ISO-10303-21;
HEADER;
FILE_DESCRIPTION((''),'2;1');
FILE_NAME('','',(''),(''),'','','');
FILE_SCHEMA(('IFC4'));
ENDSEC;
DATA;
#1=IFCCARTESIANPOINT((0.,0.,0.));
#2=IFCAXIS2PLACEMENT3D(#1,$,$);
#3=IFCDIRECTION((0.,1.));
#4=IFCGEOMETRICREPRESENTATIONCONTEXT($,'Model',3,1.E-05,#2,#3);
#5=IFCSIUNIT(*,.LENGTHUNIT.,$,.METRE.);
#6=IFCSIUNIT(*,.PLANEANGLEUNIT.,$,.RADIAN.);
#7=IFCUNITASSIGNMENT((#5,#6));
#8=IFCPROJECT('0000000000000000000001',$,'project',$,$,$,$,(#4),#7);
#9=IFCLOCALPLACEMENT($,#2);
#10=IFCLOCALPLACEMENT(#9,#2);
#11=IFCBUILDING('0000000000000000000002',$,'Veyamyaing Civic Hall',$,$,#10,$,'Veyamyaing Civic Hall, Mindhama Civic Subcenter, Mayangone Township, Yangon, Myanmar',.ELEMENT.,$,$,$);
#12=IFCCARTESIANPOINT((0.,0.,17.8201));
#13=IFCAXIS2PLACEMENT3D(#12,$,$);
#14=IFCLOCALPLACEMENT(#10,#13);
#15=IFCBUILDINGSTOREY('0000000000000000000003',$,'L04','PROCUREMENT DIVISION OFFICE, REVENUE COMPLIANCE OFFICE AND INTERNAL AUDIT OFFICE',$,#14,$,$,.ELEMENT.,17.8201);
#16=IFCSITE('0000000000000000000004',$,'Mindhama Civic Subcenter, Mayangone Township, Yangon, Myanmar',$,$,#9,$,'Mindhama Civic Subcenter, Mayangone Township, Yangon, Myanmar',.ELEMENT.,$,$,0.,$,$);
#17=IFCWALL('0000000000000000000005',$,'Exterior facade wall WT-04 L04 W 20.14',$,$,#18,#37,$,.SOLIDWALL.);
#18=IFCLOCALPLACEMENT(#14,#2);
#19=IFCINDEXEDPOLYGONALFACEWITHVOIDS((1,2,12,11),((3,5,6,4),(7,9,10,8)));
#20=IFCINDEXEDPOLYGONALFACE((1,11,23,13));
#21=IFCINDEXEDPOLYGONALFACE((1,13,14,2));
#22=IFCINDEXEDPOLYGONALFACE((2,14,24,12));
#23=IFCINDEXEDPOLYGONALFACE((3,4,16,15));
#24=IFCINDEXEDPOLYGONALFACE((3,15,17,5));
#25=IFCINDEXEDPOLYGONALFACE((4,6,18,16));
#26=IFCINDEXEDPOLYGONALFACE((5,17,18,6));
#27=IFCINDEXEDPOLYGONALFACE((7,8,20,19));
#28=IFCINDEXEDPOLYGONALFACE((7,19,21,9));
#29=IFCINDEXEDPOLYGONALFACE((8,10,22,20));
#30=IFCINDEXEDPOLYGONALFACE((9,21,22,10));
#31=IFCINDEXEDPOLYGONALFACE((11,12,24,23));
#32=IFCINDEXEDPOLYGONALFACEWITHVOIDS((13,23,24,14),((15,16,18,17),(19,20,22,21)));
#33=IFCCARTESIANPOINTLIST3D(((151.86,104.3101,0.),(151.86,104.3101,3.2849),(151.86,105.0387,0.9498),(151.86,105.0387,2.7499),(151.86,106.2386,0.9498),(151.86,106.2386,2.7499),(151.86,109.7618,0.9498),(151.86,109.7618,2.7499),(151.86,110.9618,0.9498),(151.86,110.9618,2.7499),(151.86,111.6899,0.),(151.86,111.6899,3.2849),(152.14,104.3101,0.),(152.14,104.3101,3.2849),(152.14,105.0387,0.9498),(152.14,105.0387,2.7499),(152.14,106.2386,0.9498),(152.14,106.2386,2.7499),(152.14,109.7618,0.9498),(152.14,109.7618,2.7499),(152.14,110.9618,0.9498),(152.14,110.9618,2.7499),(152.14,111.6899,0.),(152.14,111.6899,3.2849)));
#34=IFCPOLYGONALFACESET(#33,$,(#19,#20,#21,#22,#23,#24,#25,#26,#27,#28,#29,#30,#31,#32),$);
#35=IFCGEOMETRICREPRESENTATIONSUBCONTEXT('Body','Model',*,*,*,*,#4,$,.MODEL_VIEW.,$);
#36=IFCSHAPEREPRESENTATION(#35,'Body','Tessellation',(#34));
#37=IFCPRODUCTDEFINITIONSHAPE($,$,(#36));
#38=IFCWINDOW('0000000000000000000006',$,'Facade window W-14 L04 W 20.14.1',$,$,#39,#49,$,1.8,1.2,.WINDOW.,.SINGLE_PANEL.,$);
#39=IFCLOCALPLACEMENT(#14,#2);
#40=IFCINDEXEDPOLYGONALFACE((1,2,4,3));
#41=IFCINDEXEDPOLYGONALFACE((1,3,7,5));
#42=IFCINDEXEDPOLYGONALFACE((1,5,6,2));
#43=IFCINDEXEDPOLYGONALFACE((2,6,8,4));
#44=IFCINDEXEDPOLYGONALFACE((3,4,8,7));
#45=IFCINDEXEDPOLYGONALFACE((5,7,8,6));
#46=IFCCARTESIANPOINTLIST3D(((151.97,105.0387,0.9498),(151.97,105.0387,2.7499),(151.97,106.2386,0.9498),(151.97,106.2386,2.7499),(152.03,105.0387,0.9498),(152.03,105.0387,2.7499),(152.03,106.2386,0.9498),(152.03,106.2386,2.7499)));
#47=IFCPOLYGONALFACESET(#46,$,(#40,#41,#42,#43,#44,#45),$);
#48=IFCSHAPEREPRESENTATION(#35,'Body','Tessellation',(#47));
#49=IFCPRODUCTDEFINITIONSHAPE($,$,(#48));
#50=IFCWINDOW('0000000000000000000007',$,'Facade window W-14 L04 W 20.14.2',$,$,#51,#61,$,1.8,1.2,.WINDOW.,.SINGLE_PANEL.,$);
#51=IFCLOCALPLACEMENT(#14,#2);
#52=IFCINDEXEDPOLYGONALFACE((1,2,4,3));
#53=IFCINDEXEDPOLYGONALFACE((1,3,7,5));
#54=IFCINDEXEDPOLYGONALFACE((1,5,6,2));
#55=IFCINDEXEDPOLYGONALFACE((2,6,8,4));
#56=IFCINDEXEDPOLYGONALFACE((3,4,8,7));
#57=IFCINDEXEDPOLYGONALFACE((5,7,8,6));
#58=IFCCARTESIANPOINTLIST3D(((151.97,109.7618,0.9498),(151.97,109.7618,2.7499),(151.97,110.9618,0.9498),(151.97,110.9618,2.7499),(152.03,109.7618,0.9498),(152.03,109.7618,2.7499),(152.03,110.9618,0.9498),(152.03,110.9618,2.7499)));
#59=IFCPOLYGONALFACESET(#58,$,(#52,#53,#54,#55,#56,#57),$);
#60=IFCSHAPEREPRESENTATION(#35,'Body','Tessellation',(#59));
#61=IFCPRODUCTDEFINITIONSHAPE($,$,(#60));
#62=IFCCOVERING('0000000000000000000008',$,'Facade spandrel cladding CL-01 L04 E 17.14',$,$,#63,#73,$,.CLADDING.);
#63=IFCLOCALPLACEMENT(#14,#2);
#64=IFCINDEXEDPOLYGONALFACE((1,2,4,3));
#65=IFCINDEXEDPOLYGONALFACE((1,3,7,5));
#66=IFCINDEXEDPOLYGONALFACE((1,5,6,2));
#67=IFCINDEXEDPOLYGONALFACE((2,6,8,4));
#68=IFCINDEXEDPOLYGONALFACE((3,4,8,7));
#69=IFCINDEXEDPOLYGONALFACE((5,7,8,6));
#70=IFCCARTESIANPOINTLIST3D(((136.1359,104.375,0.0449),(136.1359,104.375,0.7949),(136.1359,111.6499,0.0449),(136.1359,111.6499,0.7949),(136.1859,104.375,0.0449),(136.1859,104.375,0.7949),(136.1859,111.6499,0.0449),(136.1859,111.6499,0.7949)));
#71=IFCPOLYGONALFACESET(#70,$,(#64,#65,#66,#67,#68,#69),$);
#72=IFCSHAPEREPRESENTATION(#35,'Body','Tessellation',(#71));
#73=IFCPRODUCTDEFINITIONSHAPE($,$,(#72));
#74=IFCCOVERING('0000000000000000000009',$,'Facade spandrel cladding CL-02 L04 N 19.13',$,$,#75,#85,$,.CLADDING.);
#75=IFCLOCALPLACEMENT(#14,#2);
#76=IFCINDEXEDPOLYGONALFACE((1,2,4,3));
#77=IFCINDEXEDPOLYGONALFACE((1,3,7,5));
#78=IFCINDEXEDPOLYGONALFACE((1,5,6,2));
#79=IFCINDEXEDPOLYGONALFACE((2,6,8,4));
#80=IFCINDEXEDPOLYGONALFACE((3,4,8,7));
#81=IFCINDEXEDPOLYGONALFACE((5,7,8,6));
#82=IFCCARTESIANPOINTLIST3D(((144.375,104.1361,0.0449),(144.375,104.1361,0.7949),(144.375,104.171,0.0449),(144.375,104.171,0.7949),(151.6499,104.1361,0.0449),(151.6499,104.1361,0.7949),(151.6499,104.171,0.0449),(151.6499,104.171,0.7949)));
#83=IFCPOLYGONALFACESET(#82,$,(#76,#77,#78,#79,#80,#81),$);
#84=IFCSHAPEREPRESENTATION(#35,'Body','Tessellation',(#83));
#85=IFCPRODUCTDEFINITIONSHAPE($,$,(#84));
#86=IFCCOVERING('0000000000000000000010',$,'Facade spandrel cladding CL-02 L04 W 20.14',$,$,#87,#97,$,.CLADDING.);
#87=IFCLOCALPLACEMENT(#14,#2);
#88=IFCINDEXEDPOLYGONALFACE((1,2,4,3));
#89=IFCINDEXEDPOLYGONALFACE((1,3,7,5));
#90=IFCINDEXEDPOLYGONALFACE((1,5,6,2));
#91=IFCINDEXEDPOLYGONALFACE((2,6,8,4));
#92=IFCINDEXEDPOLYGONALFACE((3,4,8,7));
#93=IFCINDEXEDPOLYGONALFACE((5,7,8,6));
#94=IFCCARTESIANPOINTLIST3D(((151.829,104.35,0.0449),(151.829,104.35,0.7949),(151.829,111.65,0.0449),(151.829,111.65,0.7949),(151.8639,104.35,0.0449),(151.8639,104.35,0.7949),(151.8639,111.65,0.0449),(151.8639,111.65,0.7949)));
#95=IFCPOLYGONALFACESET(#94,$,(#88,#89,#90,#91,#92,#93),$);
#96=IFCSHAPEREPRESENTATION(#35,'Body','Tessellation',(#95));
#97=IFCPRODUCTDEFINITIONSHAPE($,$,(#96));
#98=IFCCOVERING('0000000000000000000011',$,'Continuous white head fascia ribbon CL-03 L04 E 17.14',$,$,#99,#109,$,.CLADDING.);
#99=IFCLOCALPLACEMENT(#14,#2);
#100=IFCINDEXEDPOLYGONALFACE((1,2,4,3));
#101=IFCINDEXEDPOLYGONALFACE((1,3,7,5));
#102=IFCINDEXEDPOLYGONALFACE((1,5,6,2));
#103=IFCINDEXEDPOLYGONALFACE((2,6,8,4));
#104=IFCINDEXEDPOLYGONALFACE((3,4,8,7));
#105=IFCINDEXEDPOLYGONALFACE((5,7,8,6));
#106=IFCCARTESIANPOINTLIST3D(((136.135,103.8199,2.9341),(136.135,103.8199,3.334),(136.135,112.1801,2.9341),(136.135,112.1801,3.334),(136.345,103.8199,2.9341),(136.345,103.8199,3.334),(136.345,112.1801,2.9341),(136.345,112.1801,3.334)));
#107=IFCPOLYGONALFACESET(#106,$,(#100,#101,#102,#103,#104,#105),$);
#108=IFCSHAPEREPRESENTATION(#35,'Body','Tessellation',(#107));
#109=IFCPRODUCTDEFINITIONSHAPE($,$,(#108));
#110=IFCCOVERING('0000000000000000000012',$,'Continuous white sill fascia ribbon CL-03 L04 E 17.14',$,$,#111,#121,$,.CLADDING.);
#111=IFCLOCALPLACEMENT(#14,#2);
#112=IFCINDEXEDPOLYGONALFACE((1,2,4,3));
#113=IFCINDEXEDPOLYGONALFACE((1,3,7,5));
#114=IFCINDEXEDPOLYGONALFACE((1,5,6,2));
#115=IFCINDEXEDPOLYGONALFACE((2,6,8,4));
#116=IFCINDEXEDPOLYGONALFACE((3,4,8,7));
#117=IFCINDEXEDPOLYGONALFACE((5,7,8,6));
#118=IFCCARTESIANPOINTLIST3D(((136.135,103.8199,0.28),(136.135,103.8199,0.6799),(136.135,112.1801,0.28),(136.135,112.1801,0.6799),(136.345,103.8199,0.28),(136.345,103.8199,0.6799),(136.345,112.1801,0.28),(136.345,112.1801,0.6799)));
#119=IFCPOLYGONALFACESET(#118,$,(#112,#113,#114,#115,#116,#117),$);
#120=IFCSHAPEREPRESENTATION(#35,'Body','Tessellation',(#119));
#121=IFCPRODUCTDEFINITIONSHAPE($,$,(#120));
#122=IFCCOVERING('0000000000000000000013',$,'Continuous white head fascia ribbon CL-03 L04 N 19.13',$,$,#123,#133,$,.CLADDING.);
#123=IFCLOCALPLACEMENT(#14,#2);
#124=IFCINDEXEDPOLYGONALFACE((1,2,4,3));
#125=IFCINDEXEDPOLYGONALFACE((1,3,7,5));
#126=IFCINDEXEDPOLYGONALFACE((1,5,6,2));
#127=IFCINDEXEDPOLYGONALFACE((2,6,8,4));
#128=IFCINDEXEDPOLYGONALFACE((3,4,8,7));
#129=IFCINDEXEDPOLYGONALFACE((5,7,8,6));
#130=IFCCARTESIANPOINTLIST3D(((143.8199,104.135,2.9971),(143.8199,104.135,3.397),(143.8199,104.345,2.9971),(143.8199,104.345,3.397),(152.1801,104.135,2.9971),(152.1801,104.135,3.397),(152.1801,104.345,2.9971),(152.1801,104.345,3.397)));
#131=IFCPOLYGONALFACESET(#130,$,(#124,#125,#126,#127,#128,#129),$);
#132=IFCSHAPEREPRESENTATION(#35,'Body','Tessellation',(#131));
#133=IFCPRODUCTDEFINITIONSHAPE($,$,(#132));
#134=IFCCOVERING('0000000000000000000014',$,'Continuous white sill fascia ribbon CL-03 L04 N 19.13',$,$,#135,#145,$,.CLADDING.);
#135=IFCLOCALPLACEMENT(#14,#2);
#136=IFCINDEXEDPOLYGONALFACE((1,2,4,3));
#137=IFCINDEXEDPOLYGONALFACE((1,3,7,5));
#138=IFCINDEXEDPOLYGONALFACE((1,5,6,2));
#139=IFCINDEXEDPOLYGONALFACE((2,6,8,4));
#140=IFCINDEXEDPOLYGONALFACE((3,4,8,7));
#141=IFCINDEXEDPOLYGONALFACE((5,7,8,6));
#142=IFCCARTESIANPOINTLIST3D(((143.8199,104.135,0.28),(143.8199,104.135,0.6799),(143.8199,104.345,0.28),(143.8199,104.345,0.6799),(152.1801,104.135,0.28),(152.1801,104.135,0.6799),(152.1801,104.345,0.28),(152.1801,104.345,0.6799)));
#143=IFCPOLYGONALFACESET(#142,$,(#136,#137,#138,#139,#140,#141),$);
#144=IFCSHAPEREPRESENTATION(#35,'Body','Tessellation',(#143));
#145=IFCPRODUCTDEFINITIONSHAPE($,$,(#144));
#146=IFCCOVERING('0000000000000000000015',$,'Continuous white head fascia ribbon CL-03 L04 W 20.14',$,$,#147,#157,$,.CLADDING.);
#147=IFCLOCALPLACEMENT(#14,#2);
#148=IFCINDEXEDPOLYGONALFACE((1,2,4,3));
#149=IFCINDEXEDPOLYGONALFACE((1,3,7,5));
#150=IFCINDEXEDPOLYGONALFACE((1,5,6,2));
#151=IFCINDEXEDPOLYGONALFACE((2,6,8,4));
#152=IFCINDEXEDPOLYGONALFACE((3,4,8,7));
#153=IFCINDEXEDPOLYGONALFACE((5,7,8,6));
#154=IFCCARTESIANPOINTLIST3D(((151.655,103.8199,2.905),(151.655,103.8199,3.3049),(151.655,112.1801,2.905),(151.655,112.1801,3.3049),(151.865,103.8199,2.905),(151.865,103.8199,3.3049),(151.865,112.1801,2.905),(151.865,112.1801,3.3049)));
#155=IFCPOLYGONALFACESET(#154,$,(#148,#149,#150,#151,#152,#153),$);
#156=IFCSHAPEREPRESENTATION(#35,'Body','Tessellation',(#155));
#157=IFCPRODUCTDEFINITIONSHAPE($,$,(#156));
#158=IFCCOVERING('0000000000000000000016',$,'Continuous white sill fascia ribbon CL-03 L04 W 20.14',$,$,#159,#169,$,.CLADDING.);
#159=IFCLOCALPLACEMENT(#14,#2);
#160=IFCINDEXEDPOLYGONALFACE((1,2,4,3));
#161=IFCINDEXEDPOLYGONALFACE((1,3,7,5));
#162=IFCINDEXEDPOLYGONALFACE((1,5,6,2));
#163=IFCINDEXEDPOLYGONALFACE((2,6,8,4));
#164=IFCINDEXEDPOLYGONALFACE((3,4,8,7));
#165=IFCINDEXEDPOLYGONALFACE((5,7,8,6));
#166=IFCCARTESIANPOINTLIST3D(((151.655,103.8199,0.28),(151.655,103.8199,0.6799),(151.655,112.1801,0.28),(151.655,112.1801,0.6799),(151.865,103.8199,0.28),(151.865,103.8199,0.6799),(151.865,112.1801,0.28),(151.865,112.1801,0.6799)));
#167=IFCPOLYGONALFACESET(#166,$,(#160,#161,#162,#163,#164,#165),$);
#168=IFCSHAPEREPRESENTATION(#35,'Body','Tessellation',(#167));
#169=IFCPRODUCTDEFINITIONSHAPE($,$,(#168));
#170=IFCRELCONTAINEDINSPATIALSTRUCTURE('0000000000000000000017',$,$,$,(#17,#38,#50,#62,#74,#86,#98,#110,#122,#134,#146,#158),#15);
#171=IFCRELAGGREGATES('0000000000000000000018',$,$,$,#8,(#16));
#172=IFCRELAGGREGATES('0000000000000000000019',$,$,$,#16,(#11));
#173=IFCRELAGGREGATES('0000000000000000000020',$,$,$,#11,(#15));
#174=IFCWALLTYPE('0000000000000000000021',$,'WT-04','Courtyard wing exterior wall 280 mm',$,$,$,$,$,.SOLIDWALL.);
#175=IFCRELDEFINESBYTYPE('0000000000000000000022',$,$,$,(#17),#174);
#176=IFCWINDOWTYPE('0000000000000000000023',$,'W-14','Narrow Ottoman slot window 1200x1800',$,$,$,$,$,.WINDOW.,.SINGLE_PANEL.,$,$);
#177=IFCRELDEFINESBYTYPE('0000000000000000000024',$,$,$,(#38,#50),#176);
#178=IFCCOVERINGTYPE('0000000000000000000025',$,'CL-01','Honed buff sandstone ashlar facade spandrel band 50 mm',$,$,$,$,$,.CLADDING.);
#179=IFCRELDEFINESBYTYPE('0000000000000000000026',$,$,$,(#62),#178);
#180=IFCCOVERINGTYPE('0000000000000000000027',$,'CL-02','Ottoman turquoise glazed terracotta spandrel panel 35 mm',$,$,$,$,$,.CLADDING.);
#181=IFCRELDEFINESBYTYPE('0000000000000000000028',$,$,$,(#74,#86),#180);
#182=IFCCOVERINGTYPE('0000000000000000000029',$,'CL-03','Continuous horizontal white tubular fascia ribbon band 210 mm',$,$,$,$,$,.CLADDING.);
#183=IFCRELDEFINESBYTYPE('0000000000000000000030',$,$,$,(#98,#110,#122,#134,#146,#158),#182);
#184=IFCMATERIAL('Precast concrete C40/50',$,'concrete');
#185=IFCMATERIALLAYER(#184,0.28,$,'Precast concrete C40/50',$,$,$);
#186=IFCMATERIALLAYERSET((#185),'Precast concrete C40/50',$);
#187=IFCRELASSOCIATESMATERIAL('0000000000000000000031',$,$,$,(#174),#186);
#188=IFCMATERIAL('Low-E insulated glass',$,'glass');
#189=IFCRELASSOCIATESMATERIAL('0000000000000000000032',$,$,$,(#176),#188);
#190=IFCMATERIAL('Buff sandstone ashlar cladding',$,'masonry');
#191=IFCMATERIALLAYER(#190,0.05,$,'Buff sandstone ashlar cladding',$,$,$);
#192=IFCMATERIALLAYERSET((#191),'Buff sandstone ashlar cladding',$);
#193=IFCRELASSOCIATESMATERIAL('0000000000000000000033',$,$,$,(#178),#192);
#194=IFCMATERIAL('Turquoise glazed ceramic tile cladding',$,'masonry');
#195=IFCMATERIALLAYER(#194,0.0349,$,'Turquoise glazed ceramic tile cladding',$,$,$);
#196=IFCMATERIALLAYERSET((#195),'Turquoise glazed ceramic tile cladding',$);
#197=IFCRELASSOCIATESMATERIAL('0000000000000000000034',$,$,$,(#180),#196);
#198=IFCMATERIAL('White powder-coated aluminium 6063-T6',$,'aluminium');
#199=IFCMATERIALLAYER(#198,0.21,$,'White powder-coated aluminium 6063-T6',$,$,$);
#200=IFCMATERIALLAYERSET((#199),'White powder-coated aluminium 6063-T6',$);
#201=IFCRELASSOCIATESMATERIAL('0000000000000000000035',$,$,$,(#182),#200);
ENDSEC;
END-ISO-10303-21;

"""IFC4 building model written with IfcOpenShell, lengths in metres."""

from ifc_helpers import new_model, si_unit, direction, frame, frame_2d, origin, origin_2d, place, context, subcontext, project, spatial, rectangle, extrude, material, layer, layer_set, type_object, element, fill, save


model = new_model("IFC4")

# Units and contexts
model_context = context("Model", 3, precision=1e-05, world=origin(), true_north=direction((0.0, 1.0)))
body_context = subcontext(model_context, "Body", "Model", "MODEL_VIEW")
ifc_project = project(units=[si_unit("LENGTHUNIT", "METRE"), si_unit("PLANEANGLEUNIT", "RADIAN")], contexts=[model_context])

# Site, building, storey
site_placement = place(None, origin())
site = spatial("IfcSite", under=ifc_project, at=site_placement, Name="Mindhama Civic Subcenter, Mayangone Township, Yangon, Myanmar", LongName="Mindhama Civic Subcenter, Mayangone Township, Yangon, Myanmar", CompositionType="ELEMENT", RefElevation=0.0)
building_placement = place(site_placement, origin())
building = spatial("IfcBuilding", under=site, at=building_placement, Name="Veyamyaing Civic Hall", LongName="Veyamyaing Civic Hall, Mindhama Civic Subcenter, Mayangone Township, Yangon, Myanmar", CompositionType="ELEMENT")
storey_placement = place(building_placement, frame((0.0, 0.0, 17.8201)))
storey = spatial("IfcBuildingStorey", under=building, at=storey_placement, Name="L04", Description="PROCUREMENT DIVISION OFFICE, REVENUE COMPLIANCE OFFICE AND INTERNAL AUDIT OFFICE", CompositionType="ELEMENT", Elevation=17.8201)

# Wall, openings, windows
ifc_material_1 = material(Name="Precast concrete C40/50", Category="concrete")
ifc_layer_1 = layer(ifc_material_1, 0.28, Name="Precast concrete C40/50")
ifc_layer_set_1 = layer_set([ifc_layer_1], Name="Precast concrete C40/50")
wall_type = type_object("IfcWallType", Name="WT-04", Description="Courtyard wing exterior wall 280 mm", PredefinedType="SOLIDWALL", material=ifc_layer_set_1)
ifc_material_2 = material(Name="Low-E insulated glass", Category="glass")
wall_1_placement = place(storey_placement, frame((152.0, 104.3101, 0.0), z_axis=(0.0, 0.0, 1.0), x_axis=(0.0, 1.0, 0.0)))
wall_1 = element("IfcWall", 1, at=wall_1_placement, inside=storey, type_object=wall_type, Name="Exterior facade wall WT-04 L04 W 20.14", PredefinedType="SOLIDWALL", context=body_context, shape_type="SweptSolid", body=[
    extrude(rectangle(XDim=7.3799, YDim=0.28, at=frame_2d((3.6899, 0.0))), origin(), (0.0, 0.0, 1.0), 3.2849),
])
opening_1_placement = place(wall_1_placement, frame((0.7285, 0.0, 0.95)))
opening_1 = element("IfcOpeningElement", 2, at=opening_1_placement, cuts=wall_1, PredefinedType="OPENING", context=body_context, shape_type="SweptSolid", body=[
    extrude(rectangle(XDim=1.2, YDim=1.8, at=frame_2d((0.6001, 0.8999))), frame((0.0, 0.1499, 0.0), z_axis=(0.0, -1.0, 0.0), x_axis=(1.0, 0.0, 0.0)), (0.0, 0.0, 1.0), 0.3),
])
opening_2_placement = place(wall_1_placement, frame((5.4517, 0.0, 0.95)))
opening_2 = element("IfcOpeningElement", 3, at=opening_2_placement, cuts=wall_1, PredefinedType="OPENING", context=body_context, shape_type="SweptSolid", body=[
    extrude(rectangle(XDim=1.2, YDim=1.8, at=frame_2d((0.6001, 0.8999))), frame((0.0, 0.1499, 0.0), z_axis=(0.0, -1.0, 0.0), x_axis=(1.0, 0.0, 0.0)), (0.0, 0.0, 1.0), 0.3),
])
window_type_1 = type_object("IfcWindowType", Name="W-14", Description="Narrow Ottoman slot window 1200x1800", PartitioningType="SINGLE_PANEL", PredefinedType="WINDOW", material=ifc_material_2)
window_1_placement = place(opening_1_placement, origin())
window_1 = element("IfcWindow", 4, at=window_1_placement, inside=storey, type_object=window_type_1, Name="Facade window W-14 L04 W 20.14.1", OverallHeight=1.8, OverallWidth=1.2, PartitioningType="SINGLE_PANEL", PredefinedType="WINDOW", context=body_context, shape_type="SweptSolid", body=[
    extrude(rectangle(XDim=1.2, YDim=1.8, at=frame_2d((0.6001, 0.8999))), frame((0.0, 0.03, 0.0), z_axis=(0.0, -1.0, 0.0), x_axis=(1.0, 0.0, 0.0)), (0.0, 0.0, 1.0), 0.0601),
])
fill(opening_1, window_1)
window_2_placement = place(opening_2_placement, origin())
window_2 = element("IfcWindow", 5, at=window_2_placement, inside=storey, type_object=window_type_1, Name="Facade window W-14 L04 W 20.14.2", OverallHeight=1.8, OverallWidth=1.2, PartitioningType="SINGLE_PANEL", PredefinedType="WINDOW", context=body_context, shape_type="SweptSolid", body=[
    extrude(rectangle(XDim=1.2, YDim=1.8, at=frame_2d((0.6001, 0.8999))), frame((0.0, 0.03, 0.0), z_axis=(0.0, -1.0, 0.0), x_axis=(1.0, 0.0, 0.0)), (0.0, 0.0, 1.0), 0.0601),
])
fill(opening_2, window_2)

# Coverings
ifc_material_3 = material(Name="Buff sandstone ashlar cladding", Category="masonry")
ifc_layer_2 = layer(ifc_material_3, 0.05, Name="Buff sandstone ashlar cladding")
ifc_layer_set_2 = layer_set([ifc_layer_2], Name="Buff sandstone ashlar cladding")
covering_type_1 = type_object("IfcCoveringType", Name="CL-01", Description="Honed buff sandstone ashlar facade spandrel band 50 mm", PredefinedType="CLADDING", material=ifc_layer_set_2)
covering_1_placement = place(storey_placement, frame((136.1609, 108.0125, 0.0449), z_axis=(0.0, 0.0, 1.0), x_axis=(0.0, 1.0, 0.0)))
element("IfcCovering", 6, at=covering_1_placement, inside=storey, type_object=covering_type_1, Name="Facade spandrel cladding CL-01 L04 E 17.14", PredefinedType="CLADDING", context=body_context, shape_type="SweptSolid", body=[
    extrude(rectangle(XDim=7.2749, YDim=0.05, at=origin_2d()), origin(), (0.0, 0.0, 1.0), 0.75),
])
ifc_material_4 = material(Name="Turquoise glazed ceramic tile cladding", Category="masonry")
ifc_layer_3 = layer(ifc_material_4, 0.0349, Name="Turquoise glazed ceramic tile cladding")
ifc_layer_set_3 = layer_set([ifc_layer_3], Name="Turquoise glazed ceramic tile cladding")
covering_type_2 = type_object("IfcCoveringType", Name="CL-02", Description="Ottoman turquoise glazed terracotta spandrel panel 35 mm", PredefinedType="CLADDING", material=ifc_layer_set_3)
covering_2_placement = place(storey_placement, frame((148.0125, 104.1536, 0.0449), z_axis=(0.0, 0.0, 1.0), x_axis=(1.0, 0.0, 0.0)))
element("IfcCovering", 7, at=covering_2_placement, inside=storey, type_object=covering_type_2, Name="Facade spandrel cladding CL-02 L04 N 19.13", PredefinedType="CLADDING", context=body_context, shape_type="SweptSolid", body=[
    extrude(rectangle(XDim=7.2749, YDim=0.0349, at=origin_2d()), origin(), (0.0, 0.0, 1.0), 0.75),
])
covering_3_placement = place(storey_placement, frame((151.8464, 108.0, 0.0449), z_axis=(0.0, 0.0, 1.0), x_axis=(0.0, 1.0, 0.0)))
element("IfcCovering", 8, at=covering_3_placement, inside=storey, type_object=covering_type_2, Name="Facade spandrel cladding CL-02 L04 W 20.14", PredefinedType="CLADDING", context=body_context, shape_type="SweptSolid", body=[
    extrude(rectangle(XDim=7.3, YDim=0.0349, at=origin_2d()), origin(), (0.0, 0.0, 1.0), 0.75),
])
ifc_material_5 = material(Name="White powder-coated aluminium 6063-T6", Category="aluminium")
ifc_layer_4 = layer(ifc_material_5, 0.21, Name="White powder-coated aluminium 6063-T6")
ifc_layer_set_4 = layer_set([ifc_layer_4], Name="White powder-coated aluminium 6063-T6")
covering_type_3 = type_object("IfcCoveringType", Name="CL-03", Description="Continuous horizontal white tubular fascia ribbon band 210 mm", PredefinedType="CLADDING", material=ifc_layer_set_4)
for number, where, z_axis, x_axis, name in (
    (9, (136.24, 108.0, 2.9341), (0.0, 0.0, 1.0), (0.0, 1.0, 0.0), "Continuous white head fascia ribbon CL-03 L04 E 17.14"),
    (10, (136.24, 108.0, 0.28), (0.0, 0.0, 1.0), (0.0, 1.0, 0.0), "Continuous white sill fascia ribbon CL-03 L04 E 17.14"),
    (11, (148.0, 104.24, 2.9971), (0.0, 0.0, 1.0), (1.0, 0.0, 0.0), "Continuous white head fascia ribbon CL-03 L04 N 19.13"),
    (12, (148.0, 104.24, 0.28), (0.0, 0.0, 1.0), (1.0, 0.0, 0.0), "Continuous white sill fascia ribbon CL-03 L04 N 19.13"),
    (13, (151.76, 108.0, 2.905), (0.0, 0.0, 1.0), (0.0, 1.0, 0.0), "Continuous white head fascia ribbon CL-03 L04 W 20.14"),
    (14, (151.76, 108.0, 0.28), (0.0, 0.0, 1.0), (0.0, 1.0, 0.0), "Continuous white sill fascia ribbon CL-03 L04 W 20.14"),
):
    element("IfcCovering", number, at=place(storey_placement, frame(where, z_axis=z_axis, x_axis=x_axis)), inside=storey, type_object=covering_type_3, Name=name, PredefinedType="CLADDING", context=body_context, shape_type="SweptSolid", body=[
        extrude(rectangle(XDim=8.3601, YDim=0.21, at=origin_2d()), origin(), (0.0, 0.0, 1.0), 0.3999),
    ])

save(model, "model.ifc")
